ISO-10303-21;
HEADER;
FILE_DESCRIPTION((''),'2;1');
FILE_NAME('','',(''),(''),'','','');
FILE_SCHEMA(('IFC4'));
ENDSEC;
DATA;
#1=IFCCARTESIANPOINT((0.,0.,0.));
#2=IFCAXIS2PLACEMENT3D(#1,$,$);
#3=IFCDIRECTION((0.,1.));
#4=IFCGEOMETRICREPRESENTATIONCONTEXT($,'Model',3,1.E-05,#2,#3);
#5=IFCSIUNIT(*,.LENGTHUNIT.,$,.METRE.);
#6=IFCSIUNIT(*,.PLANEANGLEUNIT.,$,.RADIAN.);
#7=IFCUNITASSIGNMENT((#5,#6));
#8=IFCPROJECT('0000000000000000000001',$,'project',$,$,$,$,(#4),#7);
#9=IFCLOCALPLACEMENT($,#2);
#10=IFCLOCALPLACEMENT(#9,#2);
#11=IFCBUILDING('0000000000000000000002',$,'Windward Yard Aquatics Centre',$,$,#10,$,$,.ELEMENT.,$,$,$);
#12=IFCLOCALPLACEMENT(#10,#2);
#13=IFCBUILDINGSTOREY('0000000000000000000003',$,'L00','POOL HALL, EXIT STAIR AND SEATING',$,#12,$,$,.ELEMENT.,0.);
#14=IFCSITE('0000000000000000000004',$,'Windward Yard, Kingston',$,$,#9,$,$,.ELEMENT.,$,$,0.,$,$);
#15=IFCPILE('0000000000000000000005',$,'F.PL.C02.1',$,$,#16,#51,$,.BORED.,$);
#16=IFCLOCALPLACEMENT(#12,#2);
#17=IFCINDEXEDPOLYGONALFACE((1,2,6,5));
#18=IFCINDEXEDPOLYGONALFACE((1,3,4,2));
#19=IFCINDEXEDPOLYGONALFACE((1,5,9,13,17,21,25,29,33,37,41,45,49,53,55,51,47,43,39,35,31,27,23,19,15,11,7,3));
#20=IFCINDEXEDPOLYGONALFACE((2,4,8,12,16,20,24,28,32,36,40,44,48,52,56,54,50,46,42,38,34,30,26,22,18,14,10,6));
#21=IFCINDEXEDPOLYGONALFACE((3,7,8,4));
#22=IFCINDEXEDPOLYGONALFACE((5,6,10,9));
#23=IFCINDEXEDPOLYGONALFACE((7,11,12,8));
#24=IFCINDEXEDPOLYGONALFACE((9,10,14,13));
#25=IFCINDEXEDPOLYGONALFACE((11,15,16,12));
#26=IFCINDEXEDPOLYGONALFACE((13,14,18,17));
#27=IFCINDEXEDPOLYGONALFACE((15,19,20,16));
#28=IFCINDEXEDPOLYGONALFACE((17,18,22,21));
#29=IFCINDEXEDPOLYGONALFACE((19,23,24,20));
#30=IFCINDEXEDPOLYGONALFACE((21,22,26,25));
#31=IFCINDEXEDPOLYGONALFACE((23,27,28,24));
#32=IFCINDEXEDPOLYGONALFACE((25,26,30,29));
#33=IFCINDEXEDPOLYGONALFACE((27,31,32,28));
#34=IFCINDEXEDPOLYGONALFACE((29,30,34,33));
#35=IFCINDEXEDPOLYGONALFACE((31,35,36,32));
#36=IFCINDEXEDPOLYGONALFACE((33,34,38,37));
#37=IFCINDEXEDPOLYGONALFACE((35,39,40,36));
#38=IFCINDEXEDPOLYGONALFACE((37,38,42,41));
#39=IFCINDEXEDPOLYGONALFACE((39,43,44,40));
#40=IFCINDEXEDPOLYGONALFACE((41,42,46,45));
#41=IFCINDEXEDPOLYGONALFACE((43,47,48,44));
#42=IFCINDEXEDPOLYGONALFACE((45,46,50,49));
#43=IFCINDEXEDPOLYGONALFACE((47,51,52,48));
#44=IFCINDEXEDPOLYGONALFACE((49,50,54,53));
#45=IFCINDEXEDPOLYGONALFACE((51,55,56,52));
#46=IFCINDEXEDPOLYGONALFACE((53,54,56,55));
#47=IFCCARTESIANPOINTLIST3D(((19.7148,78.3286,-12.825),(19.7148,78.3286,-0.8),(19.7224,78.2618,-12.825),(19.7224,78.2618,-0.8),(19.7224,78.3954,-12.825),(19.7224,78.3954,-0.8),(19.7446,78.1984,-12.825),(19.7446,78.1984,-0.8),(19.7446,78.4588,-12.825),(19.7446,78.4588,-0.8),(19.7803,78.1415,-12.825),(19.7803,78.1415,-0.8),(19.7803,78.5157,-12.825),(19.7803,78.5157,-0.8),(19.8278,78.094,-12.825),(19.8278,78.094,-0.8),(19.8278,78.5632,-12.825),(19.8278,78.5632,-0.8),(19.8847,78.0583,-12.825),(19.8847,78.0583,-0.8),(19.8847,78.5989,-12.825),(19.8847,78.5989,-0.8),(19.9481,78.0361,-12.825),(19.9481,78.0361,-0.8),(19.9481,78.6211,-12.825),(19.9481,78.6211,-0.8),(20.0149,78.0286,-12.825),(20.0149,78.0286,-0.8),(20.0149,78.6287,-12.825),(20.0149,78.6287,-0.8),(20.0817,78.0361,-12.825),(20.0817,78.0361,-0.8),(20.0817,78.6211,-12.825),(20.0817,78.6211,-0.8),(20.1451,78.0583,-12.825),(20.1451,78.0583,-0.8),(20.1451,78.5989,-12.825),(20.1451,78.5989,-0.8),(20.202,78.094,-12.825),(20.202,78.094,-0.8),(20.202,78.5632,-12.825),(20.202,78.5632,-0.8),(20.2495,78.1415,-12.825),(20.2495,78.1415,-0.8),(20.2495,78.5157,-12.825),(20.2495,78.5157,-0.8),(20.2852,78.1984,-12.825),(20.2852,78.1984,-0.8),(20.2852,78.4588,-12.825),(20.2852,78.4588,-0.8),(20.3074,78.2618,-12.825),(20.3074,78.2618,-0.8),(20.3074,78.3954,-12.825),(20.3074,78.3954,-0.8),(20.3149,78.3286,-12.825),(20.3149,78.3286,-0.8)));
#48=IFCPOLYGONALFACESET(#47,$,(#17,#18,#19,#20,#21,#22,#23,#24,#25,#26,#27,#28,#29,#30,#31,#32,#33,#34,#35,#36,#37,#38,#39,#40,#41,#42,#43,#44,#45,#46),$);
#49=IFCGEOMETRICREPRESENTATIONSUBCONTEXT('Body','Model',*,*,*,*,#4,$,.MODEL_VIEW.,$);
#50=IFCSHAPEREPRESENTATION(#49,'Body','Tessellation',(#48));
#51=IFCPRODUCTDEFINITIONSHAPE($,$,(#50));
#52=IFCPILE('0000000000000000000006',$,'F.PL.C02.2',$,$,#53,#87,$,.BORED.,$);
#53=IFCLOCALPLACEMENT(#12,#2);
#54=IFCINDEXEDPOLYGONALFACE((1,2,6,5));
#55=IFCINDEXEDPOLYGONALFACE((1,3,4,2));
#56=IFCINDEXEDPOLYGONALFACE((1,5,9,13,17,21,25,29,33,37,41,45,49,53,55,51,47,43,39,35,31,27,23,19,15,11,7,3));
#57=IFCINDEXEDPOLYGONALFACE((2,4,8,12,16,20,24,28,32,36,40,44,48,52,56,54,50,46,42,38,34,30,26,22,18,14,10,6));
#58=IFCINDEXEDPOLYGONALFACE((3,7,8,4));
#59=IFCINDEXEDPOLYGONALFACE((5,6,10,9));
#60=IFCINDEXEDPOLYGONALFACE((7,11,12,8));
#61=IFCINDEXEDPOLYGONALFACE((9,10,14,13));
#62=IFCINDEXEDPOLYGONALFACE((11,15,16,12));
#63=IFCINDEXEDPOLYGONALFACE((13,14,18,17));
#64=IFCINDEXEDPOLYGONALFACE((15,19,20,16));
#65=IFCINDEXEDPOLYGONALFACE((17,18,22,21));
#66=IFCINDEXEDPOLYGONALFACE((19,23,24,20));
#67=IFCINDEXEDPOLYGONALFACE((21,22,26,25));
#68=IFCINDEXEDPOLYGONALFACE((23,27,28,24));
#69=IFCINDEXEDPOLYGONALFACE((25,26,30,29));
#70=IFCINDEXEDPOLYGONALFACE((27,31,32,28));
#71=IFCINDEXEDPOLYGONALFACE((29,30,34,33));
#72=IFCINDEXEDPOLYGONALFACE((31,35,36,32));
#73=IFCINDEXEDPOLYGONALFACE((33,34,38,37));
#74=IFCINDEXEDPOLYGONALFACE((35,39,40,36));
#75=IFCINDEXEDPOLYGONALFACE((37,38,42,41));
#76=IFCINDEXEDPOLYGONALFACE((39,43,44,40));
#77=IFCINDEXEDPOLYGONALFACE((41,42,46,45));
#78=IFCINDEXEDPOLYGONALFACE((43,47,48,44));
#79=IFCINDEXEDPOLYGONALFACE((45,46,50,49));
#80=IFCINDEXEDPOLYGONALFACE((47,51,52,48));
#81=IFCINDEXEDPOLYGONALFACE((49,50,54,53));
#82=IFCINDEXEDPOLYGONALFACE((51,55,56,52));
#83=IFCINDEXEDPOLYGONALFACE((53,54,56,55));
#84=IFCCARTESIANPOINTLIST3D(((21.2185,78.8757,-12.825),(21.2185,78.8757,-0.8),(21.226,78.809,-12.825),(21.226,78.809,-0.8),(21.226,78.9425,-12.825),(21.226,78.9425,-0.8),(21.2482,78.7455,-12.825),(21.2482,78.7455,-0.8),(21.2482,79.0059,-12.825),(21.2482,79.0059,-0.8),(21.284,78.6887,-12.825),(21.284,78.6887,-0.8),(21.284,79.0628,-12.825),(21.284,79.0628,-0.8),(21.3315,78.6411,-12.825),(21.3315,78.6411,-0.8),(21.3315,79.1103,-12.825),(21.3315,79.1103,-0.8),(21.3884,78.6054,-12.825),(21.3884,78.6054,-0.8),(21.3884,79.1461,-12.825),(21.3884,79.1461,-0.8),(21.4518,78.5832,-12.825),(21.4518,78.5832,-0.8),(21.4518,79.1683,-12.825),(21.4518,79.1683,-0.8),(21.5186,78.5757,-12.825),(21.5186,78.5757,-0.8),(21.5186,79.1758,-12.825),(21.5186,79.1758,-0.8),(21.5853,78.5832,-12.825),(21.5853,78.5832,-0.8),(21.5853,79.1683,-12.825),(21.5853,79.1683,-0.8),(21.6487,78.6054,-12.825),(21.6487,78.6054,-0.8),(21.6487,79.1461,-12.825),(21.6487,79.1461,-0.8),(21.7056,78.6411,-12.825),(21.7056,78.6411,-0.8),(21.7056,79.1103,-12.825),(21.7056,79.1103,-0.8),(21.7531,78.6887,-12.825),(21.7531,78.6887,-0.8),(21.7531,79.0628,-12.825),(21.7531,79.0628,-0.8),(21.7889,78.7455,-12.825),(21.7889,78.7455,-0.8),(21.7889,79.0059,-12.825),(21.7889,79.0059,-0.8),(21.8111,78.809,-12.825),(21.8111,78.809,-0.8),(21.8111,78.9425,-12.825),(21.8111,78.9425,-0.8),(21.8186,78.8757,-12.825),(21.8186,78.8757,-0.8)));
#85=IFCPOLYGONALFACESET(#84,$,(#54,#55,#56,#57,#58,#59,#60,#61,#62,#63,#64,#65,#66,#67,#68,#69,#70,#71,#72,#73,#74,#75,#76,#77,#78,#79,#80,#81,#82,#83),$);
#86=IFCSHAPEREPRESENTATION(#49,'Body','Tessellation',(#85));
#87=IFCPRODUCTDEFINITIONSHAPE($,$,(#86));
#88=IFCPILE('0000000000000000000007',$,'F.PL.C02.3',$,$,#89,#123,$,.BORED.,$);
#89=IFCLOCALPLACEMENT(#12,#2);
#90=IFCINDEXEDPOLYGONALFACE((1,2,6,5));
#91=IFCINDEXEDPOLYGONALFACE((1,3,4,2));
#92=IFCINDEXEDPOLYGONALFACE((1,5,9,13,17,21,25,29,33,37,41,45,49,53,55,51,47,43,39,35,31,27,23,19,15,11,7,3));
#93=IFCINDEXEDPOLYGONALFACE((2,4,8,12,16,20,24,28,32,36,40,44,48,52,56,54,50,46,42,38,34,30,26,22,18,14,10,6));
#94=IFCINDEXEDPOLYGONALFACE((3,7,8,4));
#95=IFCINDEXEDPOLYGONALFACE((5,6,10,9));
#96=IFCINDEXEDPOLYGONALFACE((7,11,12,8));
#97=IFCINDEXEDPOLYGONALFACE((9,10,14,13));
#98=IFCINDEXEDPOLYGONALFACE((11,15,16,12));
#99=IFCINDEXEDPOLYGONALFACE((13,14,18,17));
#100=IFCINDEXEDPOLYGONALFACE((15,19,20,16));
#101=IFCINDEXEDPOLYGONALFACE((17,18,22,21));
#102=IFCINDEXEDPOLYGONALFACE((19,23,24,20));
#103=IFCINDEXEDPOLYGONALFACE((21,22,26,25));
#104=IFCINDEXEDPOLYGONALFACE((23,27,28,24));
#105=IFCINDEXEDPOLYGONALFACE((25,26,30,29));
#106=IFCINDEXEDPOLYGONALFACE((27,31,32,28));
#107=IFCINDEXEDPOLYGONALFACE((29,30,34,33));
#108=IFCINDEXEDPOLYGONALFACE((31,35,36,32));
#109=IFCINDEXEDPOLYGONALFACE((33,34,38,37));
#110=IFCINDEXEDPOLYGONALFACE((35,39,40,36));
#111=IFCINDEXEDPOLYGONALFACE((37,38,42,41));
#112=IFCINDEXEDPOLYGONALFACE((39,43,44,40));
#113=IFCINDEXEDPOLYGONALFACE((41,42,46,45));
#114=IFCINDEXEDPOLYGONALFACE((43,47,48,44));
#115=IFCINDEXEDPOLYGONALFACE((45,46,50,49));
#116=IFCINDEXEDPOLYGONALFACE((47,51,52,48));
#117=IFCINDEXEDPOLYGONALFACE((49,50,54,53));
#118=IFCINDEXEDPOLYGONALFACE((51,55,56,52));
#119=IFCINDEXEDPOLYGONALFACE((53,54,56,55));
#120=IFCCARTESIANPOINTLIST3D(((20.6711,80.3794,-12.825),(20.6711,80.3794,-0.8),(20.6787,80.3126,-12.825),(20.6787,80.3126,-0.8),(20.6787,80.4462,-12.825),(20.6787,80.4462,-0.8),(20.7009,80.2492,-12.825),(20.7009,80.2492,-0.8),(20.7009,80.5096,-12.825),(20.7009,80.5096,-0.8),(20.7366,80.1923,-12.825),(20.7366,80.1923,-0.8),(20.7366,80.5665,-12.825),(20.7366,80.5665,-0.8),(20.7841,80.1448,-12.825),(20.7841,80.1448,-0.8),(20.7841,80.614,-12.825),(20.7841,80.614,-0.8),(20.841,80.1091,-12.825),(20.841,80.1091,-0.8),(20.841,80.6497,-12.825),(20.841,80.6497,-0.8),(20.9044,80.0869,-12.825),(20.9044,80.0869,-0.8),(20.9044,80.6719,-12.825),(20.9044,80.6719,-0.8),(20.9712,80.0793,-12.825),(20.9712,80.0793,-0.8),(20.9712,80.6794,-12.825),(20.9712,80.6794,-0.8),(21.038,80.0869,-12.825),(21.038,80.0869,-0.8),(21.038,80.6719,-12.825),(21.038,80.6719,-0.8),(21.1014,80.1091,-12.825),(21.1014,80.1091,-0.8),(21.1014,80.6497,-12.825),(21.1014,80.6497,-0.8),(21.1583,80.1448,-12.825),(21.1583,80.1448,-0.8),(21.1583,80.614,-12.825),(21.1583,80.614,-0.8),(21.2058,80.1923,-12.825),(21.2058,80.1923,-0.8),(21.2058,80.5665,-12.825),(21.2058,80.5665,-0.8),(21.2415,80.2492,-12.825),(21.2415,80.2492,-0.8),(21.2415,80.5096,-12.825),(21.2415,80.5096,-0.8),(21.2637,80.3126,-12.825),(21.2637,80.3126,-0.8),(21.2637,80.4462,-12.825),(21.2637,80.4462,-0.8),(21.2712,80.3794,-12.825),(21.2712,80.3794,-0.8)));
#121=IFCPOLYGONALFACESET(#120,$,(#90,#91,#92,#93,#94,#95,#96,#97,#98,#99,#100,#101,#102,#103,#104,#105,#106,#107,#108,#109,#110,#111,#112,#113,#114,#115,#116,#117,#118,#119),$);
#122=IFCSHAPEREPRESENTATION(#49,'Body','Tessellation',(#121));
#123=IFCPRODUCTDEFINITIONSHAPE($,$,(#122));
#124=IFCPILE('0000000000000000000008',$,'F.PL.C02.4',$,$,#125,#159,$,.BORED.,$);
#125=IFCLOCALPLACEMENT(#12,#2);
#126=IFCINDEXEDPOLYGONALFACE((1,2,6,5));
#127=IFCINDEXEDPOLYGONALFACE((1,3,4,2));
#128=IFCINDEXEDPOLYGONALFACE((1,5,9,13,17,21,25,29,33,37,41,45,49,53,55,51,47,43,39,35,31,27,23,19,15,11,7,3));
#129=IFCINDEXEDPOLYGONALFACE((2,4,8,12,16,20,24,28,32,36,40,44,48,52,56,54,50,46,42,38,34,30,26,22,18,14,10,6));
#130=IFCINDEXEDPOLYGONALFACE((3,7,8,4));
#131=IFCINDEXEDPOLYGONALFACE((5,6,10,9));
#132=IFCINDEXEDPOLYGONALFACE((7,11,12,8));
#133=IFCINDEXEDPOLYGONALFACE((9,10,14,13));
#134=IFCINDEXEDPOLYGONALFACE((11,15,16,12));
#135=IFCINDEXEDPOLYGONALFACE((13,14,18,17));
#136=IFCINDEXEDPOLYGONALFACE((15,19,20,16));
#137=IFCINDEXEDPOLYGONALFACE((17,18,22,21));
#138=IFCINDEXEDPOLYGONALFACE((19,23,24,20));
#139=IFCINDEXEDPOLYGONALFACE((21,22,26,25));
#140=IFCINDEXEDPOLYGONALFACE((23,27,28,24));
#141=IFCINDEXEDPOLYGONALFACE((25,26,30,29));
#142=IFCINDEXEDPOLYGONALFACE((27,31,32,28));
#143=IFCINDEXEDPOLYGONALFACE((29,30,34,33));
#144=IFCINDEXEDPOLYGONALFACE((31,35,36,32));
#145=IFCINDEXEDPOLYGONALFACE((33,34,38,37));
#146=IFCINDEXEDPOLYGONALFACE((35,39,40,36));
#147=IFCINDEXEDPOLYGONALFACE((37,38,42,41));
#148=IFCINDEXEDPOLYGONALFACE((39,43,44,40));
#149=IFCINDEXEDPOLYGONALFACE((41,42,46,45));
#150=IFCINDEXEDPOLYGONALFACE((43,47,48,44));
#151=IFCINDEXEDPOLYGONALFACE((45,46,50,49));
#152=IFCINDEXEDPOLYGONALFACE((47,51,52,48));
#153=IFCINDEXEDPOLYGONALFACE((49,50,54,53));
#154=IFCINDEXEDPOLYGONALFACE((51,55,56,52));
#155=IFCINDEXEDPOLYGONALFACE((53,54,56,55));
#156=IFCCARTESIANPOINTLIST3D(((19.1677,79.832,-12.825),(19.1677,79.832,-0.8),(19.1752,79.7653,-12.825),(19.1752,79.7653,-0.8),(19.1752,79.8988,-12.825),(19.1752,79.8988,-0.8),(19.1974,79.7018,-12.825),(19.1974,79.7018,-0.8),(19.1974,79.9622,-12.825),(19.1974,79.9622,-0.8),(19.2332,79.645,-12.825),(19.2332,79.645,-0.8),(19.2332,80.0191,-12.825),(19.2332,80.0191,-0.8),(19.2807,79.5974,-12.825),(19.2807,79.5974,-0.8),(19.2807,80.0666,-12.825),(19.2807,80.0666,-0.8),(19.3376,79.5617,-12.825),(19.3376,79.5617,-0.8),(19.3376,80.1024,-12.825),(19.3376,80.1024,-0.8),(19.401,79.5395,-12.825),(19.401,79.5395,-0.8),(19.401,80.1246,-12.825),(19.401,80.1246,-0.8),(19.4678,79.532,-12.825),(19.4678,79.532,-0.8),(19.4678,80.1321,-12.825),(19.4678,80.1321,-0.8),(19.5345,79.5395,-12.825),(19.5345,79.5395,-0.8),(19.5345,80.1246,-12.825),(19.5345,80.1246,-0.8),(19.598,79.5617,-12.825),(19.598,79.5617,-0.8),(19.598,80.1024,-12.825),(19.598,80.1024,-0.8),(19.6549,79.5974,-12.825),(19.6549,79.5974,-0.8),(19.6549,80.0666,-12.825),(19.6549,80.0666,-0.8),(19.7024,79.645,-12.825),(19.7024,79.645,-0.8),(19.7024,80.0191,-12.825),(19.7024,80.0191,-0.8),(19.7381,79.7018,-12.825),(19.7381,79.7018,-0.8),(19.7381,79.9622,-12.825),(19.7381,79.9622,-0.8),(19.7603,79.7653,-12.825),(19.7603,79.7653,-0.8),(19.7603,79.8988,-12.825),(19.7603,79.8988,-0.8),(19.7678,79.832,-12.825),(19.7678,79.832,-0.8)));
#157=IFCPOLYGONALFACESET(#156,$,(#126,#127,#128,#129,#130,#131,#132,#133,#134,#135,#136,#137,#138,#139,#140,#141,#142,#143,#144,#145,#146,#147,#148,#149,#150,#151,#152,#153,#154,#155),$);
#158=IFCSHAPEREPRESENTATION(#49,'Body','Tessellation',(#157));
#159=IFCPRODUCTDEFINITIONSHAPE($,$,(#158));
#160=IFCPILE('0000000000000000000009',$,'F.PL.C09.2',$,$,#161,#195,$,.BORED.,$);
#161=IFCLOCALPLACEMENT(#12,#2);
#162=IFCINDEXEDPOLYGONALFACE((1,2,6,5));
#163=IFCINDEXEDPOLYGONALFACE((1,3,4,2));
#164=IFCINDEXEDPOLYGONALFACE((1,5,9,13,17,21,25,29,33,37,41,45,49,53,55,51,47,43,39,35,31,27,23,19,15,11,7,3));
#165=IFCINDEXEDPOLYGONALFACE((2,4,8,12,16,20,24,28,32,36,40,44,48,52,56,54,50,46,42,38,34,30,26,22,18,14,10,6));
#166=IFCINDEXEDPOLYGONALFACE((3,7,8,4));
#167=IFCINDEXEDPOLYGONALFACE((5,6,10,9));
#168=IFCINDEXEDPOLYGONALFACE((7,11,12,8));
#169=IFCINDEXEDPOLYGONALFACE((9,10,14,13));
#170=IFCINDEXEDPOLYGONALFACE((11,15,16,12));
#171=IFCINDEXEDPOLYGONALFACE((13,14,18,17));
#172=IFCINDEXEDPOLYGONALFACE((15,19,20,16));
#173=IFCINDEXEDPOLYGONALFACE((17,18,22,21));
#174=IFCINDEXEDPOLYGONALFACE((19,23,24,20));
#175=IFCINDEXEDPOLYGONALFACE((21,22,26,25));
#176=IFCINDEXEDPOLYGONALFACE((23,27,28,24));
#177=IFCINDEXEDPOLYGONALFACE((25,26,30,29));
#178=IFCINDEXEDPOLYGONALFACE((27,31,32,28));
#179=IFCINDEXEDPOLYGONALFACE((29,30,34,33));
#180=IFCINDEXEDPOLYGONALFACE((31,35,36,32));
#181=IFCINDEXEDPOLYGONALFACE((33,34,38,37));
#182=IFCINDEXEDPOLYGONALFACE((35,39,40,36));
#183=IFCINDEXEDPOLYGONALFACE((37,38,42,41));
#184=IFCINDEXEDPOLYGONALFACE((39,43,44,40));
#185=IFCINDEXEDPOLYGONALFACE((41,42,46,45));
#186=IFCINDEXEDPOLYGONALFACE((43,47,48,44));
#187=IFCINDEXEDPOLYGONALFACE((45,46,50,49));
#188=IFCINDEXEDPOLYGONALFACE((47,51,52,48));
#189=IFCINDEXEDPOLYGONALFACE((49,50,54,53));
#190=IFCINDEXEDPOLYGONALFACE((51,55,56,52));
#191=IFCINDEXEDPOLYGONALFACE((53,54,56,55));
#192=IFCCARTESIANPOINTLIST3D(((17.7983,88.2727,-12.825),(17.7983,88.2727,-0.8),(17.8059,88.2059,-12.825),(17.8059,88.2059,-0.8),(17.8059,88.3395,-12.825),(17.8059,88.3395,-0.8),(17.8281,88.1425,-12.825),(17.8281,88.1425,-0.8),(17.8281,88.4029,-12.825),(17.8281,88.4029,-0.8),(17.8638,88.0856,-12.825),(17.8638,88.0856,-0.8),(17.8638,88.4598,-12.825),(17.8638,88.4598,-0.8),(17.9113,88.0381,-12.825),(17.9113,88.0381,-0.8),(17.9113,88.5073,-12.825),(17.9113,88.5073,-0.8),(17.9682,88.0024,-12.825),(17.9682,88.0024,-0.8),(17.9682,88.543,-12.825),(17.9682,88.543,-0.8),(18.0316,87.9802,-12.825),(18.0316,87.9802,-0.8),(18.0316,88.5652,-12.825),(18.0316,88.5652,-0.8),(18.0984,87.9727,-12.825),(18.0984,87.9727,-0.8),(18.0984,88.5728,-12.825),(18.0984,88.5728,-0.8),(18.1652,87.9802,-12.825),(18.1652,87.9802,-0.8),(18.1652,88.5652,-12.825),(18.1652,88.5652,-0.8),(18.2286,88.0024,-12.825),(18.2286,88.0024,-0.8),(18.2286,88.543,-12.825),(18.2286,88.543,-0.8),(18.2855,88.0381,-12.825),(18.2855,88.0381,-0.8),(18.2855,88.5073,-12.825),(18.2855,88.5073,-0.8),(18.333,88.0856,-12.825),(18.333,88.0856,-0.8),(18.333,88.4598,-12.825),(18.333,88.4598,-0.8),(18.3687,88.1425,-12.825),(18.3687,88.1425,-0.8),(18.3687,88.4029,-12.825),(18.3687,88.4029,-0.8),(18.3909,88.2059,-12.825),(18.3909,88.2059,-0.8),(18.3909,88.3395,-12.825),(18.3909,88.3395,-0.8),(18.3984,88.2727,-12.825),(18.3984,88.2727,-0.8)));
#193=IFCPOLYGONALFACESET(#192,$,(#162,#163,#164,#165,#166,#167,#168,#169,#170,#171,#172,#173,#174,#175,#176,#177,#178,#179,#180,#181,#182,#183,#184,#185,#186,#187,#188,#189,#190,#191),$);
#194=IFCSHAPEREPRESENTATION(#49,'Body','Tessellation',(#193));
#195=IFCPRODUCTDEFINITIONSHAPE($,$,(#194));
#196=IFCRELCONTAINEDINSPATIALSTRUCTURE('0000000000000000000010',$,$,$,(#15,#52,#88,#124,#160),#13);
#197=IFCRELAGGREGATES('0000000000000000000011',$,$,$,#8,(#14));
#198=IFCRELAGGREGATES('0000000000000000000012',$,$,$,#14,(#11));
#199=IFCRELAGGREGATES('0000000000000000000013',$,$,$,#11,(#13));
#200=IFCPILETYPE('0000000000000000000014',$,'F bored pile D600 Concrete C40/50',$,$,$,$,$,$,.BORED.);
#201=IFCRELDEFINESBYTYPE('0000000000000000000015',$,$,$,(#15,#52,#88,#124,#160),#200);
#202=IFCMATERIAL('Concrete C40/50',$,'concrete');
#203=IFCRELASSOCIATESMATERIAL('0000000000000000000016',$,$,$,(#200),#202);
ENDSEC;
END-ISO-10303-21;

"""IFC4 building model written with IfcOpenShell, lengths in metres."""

from ifc_helpers import new_model, si_unit, direction, frame, origin, origin_2d, place, context, subcontext, project, spatial, circle, extrude, material, material_profile, profile_set, type_object, element, save


model = new_model("IFC4")

# Units and contexts
model_context = context("Model", 3, precision=1e-05, world=origin(), true_north=direction((0.0, 1.0)))
body_context = subcontext(model_context, "Body", "Model", "MODEL_VIEW")
ifc_project = project(units=[si_unit("LENGTHUNIT", "METRE"), si_unit("PLANEANGLEUNIT", "RADIAN")], contexts=[model_context])

# Site, building, storey
site_placement = place(None, origin())
site = spatial("IfcSite", under=ifc_project, at=site_placement, Name="Windward Yard, Kingston", CompositionType="ELEMENT", RefElevation=0.0)
building_placement = place(site_placement, origin())
building = spatial("IfcBuilding", under=site, at=building_placement, Name="Windward Yard Aquatics Centre", CompositionType="ELEMENT")
storey_placement = place(building_placement, origin())
storey = spatial("IfcBuildingStorey", under=building, at=storey_placement, Name="L00", Description="POOL HALL, EXIT STAIR AND SEATING", CompositionType="ELEMENT", Elevation=0.0)

# Piles
ifc_material_1 = material(Name="Concrete C40/50", Category="concrete")
ifc_material_profile_1 = material_profile(ifc_material_1, circle(Radius=0.3, at=origin_2d()), Name="D600")
ifc_profile_set_1 = profile_set([ifc_material_profile_1], Name="Concrete C40/50")
pile_type = type_object("IfcPileType", Name="F bored pile D600 Concrete C40/50", PredefinedType="BORED", material=ifc_profile_set_1)
for number, where, z_axis, x_axis, name in (
    (1, (20.0149, 78.3286, -0.8), (0.0, 0.0, -1.0), (1.0, 0.0, 0.0), "F.PL.C02.1"),
    (2, (21.5186, 78.8757, -0.8), (0.0, 0.0, -1.0), (1.0, 0.0, 0.0), "F.PL.C02.2"),
    (3, (20.9712, 80.3794, -0.8), (0.0, 0.0, -1.0), (1.0, 0.0, 0.0), "F.PL.C02.3"),
    (4, (19.4678, 79.832, -0.8), (0.0, 0.0, -1.0), (1.0, 0.0, 0.0), "F.PL.C02.4"),
    (5, (18.0984, 88.2727, -0.8), (0.0, 0.0, -1.0), (1.0, 0.0, 0.0), "F.PL.C09.2"),
):
    element("IfcPile", number, at=place(storey_placement, frame(where, z_axis=z_axis, x_axis=x_axis)), inside=storey, type_object=pile_type, Name=name, PredefinedType="BORED", context=body_context, shape_type="SweptSolid", body=[
        extrude(circle(Radius=0.3, at=origin_2d()), origin(), (0.0, 0.0, 1.0), 12.0249),
    ])

save(model, "model.ifc")
